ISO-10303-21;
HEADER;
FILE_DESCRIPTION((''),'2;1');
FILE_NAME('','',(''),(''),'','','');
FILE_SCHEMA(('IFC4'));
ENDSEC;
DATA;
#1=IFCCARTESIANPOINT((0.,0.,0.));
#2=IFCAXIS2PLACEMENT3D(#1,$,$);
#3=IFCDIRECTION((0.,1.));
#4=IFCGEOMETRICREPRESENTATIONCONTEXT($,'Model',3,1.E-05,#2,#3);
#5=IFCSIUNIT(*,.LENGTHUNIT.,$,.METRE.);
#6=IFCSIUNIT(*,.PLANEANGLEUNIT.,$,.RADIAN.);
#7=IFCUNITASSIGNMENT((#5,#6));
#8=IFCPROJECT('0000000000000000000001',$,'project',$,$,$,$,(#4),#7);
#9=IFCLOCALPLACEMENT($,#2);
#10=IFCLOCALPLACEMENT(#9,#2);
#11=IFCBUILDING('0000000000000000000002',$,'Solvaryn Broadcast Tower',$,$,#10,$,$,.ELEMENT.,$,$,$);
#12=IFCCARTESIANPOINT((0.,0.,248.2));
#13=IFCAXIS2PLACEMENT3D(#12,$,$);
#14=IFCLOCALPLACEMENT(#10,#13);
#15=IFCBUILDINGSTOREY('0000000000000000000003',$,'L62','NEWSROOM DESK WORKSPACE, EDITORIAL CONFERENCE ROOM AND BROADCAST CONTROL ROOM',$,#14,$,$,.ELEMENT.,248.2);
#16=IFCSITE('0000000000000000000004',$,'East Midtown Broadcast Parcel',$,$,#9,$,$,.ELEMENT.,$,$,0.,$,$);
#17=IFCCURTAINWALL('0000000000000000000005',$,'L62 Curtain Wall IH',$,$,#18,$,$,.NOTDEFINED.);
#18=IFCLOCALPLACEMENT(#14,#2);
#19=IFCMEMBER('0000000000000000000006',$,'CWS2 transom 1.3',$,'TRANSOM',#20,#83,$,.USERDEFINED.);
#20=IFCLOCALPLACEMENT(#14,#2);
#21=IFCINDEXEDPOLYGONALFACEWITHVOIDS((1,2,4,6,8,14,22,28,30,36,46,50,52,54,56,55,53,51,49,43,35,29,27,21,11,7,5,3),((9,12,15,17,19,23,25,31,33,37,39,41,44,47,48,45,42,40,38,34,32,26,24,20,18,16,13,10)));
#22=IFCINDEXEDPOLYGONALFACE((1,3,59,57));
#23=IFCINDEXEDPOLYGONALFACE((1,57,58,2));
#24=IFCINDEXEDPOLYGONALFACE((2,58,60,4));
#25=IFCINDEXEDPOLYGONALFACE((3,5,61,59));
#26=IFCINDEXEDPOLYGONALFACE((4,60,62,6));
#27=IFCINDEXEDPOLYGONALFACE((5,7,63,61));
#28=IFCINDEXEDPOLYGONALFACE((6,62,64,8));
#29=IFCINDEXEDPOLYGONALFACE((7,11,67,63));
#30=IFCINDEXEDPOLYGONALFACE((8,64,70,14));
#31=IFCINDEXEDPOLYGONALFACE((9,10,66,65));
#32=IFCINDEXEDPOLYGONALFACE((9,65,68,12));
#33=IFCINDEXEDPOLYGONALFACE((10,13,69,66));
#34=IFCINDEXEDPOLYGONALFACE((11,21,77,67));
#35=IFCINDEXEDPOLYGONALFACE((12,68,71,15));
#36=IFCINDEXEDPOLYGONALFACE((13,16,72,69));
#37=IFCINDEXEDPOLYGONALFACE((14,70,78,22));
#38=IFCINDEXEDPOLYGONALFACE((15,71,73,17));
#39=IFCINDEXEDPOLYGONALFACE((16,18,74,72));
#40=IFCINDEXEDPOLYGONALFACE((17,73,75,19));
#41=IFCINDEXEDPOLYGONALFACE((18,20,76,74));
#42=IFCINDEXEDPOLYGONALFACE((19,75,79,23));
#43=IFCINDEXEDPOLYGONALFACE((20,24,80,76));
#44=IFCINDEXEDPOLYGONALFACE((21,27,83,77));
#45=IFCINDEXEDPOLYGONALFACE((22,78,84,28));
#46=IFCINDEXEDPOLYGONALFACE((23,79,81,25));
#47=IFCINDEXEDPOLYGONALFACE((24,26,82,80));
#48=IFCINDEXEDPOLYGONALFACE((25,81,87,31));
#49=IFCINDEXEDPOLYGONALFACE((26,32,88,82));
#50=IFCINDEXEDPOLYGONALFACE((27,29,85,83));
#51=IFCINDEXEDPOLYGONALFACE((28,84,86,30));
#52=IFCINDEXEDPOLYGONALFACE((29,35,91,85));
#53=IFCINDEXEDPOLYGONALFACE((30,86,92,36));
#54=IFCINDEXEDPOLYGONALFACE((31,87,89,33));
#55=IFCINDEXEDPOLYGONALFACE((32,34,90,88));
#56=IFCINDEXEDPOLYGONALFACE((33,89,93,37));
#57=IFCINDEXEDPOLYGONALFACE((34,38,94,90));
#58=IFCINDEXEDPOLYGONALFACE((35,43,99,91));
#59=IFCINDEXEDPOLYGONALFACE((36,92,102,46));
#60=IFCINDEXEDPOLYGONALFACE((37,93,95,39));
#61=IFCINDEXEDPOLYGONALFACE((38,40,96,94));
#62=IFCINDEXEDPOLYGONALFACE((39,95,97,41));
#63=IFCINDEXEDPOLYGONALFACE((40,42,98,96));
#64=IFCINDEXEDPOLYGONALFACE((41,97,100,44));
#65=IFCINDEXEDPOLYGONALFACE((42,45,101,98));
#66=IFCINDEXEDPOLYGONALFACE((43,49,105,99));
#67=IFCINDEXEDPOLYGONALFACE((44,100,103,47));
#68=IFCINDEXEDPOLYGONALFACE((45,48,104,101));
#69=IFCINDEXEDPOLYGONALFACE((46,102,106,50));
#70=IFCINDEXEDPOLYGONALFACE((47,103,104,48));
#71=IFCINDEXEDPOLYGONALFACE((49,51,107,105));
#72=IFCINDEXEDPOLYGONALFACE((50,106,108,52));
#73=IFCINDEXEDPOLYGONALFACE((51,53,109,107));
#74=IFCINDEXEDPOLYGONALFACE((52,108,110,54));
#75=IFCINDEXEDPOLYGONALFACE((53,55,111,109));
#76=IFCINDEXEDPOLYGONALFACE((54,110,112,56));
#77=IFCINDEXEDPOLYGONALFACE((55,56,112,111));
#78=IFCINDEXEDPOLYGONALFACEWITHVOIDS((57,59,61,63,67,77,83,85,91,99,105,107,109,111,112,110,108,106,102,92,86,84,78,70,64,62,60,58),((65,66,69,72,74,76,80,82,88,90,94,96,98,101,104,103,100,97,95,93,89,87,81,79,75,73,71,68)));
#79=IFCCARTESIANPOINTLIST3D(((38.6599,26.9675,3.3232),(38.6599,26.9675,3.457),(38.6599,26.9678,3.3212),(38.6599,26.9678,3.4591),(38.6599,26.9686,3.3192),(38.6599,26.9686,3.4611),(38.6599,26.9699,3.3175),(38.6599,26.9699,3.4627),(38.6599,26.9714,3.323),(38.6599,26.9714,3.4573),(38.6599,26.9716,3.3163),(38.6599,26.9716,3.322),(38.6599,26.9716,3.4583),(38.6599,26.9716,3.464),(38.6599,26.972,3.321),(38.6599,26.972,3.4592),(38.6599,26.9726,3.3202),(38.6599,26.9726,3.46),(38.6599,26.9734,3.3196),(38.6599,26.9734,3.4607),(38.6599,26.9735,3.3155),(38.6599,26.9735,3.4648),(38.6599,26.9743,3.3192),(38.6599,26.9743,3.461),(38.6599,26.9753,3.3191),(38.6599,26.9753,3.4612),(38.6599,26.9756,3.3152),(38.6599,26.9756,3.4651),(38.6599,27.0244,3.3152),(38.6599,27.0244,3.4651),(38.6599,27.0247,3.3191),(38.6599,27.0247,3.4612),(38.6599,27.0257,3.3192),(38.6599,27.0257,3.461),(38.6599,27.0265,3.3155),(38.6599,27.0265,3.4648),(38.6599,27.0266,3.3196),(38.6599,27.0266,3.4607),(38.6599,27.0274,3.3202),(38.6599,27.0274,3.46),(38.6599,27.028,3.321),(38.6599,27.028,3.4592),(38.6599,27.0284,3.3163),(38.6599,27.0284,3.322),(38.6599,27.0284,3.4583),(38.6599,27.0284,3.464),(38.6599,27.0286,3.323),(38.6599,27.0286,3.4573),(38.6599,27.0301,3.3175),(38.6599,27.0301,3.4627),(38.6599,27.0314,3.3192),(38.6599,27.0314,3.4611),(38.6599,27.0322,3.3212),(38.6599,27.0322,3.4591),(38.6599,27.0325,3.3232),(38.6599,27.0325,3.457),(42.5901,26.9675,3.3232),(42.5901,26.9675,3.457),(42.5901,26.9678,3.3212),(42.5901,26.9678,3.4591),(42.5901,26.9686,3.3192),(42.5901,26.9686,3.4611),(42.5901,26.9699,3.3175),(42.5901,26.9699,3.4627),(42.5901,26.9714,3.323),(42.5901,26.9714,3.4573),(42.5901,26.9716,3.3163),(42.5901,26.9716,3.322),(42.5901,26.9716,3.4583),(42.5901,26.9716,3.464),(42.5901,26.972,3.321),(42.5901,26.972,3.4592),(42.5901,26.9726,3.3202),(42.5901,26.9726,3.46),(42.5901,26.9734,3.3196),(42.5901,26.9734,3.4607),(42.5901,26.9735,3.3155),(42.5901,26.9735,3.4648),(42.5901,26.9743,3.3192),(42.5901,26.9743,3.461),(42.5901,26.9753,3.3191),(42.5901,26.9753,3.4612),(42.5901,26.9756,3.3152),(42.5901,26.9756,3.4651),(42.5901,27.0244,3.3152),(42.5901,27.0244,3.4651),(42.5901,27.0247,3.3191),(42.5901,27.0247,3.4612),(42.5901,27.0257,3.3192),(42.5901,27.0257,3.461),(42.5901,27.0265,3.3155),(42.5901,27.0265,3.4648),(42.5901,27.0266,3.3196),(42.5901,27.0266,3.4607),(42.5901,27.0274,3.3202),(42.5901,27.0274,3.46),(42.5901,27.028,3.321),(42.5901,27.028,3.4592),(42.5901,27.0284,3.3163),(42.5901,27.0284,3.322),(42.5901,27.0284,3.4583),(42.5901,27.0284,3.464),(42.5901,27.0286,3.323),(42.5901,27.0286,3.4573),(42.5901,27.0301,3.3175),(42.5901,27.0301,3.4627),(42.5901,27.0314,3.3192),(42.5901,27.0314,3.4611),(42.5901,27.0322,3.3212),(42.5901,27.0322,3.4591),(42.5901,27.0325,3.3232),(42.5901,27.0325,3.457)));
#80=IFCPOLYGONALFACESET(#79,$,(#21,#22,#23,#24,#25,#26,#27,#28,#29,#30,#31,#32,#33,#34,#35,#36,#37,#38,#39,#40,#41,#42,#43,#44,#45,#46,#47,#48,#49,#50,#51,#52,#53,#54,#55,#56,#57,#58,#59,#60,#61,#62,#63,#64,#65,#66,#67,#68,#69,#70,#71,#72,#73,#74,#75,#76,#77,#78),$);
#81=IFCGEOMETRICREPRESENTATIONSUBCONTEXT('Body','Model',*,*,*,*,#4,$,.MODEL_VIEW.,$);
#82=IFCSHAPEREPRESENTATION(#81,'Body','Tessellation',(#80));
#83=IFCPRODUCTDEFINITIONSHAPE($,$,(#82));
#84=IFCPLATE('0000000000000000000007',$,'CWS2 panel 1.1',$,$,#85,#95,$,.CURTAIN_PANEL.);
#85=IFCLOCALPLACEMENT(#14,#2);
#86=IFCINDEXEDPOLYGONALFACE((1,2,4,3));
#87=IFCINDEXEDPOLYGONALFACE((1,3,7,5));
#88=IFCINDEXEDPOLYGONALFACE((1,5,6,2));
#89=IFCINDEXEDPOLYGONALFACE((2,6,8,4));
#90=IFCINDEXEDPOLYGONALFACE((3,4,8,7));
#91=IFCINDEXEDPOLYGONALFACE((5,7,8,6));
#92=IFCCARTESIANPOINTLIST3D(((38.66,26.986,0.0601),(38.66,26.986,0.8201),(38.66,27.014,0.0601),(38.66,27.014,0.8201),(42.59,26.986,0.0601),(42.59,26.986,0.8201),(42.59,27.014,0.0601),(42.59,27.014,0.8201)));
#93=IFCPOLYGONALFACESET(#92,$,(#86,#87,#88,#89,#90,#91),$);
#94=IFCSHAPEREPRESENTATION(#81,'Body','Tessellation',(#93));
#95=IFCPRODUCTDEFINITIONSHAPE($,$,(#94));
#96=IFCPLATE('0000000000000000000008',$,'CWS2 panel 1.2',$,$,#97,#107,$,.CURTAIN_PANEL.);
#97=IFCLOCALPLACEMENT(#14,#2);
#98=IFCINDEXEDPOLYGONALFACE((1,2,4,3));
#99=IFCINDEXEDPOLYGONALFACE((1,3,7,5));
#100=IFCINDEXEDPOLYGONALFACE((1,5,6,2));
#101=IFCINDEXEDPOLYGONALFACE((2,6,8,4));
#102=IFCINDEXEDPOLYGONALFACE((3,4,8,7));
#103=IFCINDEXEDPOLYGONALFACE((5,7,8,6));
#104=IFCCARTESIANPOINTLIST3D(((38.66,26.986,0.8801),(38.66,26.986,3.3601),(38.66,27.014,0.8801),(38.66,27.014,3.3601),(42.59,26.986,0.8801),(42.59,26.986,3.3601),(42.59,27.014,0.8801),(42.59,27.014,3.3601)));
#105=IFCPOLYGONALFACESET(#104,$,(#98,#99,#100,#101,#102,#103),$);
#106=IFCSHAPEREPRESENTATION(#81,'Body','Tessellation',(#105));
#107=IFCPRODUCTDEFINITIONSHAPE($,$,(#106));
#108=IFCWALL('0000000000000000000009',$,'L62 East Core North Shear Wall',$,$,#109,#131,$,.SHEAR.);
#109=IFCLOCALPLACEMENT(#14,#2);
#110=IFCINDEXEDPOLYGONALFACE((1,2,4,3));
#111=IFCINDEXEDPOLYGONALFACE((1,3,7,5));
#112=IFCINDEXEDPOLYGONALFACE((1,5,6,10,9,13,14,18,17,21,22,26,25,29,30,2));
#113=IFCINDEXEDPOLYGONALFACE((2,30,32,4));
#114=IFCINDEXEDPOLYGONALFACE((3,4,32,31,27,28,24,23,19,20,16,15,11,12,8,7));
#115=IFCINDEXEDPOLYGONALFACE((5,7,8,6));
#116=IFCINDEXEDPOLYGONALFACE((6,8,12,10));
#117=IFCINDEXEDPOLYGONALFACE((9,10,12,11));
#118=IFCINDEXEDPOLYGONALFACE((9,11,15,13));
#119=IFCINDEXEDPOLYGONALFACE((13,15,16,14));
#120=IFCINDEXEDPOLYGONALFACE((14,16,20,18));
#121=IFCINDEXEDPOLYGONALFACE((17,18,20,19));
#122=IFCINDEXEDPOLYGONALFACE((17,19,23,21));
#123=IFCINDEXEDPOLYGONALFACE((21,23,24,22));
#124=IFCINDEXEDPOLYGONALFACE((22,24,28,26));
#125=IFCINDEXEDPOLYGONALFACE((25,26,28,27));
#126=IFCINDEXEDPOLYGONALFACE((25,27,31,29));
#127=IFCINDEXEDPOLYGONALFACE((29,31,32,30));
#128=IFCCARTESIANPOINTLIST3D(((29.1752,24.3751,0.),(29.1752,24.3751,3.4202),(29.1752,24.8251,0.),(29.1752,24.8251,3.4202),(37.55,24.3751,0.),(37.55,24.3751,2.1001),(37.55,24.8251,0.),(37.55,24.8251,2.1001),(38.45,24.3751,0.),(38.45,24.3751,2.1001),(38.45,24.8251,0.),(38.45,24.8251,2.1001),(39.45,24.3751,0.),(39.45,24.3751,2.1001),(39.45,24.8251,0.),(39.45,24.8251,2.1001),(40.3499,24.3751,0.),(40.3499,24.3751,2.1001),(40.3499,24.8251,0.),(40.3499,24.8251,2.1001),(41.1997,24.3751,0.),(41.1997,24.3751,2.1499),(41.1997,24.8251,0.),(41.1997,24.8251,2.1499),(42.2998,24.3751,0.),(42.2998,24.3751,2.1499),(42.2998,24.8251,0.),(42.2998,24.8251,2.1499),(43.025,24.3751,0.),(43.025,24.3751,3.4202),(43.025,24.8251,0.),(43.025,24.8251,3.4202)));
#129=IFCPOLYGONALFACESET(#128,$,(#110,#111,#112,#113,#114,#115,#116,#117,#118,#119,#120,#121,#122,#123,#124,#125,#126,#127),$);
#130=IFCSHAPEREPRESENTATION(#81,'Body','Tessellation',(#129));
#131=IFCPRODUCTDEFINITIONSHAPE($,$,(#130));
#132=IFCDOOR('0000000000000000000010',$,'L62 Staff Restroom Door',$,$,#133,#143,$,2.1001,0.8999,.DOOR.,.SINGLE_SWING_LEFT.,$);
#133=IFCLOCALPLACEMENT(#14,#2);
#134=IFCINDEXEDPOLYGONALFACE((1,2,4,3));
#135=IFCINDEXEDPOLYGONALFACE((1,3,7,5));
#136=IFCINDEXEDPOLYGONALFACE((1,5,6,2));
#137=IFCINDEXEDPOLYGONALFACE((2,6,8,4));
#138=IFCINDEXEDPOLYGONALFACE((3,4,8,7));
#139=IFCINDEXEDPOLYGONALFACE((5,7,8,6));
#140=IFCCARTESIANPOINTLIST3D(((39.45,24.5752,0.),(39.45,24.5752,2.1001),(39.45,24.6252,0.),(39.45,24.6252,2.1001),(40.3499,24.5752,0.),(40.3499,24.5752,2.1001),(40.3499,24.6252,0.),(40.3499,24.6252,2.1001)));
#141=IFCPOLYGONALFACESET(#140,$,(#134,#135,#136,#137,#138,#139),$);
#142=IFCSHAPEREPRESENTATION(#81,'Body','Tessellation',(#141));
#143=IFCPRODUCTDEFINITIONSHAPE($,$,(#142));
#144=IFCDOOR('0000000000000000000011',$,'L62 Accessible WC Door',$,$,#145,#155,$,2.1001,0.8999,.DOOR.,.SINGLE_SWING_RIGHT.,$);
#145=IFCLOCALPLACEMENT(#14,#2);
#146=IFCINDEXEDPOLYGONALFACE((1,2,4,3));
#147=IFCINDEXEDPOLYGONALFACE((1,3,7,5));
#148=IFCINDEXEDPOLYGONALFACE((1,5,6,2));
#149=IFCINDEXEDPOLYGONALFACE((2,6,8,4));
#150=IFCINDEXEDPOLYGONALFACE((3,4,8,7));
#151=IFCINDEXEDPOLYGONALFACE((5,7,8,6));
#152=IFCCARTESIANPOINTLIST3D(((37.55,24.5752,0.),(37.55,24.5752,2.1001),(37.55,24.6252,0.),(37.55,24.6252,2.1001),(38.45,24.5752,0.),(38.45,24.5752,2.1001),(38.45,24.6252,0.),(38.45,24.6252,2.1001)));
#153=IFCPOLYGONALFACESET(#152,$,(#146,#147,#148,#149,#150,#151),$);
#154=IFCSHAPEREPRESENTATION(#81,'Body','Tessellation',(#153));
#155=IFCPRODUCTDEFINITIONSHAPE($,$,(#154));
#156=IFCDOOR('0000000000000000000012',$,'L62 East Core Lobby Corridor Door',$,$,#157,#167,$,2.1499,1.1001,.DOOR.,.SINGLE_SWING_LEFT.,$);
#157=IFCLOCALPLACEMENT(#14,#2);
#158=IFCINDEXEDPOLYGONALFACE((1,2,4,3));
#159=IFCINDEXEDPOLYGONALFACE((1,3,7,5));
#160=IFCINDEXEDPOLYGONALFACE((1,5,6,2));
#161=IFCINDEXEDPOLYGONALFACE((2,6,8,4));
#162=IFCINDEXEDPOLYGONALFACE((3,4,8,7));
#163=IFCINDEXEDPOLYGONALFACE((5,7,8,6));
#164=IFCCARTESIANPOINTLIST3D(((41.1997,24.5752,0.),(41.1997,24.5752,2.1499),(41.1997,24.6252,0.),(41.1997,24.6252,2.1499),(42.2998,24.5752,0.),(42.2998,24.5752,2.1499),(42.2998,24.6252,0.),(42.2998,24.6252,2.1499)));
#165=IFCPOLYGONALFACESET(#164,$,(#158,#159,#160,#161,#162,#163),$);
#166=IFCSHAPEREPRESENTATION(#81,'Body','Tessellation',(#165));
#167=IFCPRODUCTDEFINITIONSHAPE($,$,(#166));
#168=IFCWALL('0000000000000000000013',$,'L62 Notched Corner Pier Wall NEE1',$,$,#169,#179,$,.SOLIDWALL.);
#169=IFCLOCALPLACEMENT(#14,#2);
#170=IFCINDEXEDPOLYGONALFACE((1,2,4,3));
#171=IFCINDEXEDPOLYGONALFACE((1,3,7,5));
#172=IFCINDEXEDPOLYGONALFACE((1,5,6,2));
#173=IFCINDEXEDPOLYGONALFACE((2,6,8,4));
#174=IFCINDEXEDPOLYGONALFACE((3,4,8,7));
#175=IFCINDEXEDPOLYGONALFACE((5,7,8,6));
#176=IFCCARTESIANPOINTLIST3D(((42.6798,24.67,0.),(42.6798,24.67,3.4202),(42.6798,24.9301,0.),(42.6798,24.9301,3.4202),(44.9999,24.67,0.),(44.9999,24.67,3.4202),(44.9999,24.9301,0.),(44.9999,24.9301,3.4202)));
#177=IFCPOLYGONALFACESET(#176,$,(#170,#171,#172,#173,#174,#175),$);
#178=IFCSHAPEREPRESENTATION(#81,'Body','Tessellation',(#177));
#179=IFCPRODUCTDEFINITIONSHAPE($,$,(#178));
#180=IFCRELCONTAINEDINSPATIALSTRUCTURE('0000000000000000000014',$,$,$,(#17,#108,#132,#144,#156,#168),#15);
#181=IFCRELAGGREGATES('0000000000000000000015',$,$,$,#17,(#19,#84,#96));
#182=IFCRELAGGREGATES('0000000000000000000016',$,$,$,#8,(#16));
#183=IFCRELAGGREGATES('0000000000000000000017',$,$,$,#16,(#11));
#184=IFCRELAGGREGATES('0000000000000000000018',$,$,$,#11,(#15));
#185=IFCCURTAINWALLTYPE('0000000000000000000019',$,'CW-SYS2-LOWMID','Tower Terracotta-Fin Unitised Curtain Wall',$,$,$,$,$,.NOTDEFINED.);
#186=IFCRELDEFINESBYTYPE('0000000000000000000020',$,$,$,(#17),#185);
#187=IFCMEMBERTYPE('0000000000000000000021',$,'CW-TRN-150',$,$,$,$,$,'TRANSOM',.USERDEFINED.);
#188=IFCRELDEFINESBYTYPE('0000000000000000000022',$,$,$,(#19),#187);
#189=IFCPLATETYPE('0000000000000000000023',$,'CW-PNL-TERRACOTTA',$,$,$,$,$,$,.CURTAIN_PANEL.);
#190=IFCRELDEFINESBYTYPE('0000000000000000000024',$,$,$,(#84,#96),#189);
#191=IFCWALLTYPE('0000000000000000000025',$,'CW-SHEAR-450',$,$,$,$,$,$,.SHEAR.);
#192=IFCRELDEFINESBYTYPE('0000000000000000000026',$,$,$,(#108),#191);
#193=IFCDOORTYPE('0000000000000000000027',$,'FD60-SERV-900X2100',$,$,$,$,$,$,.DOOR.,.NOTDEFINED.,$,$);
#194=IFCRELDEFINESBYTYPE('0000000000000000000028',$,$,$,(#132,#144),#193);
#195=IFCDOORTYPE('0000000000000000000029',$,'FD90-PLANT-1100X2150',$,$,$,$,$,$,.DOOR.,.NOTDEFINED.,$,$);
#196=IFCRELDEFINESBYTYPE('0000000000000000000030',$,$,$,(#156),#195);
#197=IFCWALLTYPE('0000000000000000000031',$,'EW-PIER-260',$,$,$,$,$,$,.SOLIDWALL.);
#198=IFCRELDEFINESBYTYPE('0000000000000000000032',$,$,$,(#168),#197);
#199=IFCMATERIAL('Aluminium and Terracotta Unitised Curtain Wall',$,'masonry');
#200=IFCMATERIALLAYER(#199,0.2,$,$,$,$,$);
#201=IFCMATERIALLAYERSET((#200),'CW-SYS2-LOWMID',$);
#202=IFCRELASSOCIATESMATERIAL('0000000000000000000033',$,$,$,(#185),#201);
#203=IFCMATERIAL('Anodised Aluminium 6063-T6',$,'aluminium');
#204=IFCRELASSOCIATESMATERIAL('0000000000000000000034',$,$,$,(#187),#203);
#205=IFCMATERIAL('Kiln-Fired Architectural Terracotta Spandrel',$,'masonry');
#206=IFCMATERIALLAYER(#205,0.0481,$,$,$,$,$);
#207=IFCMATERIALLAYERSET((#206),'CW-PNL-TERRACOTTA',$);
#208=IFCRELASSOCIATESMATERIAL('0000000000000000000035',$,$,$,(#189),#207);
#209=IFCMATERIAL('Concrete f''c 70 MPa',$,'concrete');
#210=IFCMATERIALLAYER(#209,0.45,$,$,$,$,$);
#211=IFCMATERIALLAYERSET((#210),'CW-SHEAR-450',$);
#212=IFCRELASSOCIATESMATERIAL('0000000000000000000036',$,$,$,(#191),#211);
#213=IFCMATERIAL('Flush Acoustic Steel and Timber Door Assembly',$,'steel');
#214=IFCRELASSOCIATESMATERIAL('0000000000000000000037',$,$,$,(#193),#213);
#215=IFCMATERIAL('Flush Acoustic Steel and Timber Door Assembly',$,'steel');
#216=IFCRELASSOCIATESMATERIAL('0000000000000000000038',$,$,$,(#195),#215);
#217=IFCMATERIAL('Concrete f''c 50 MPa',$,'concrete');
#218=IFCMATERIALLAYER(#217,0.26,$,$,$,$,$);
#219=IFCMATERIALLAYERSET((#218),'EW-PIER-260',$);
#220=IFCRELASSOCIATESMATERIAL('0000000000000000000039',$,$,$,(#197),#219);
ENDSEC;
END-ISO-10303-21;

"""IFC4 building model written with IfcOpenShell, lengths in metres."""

from ifc_helpers import new_model, si_unit, direction, frame, frame_2d, origin, origin_2d, place, context, subcontext, project, spatial, rectangle, hollow_rectangle, extrude, material, layer, layer_set, material_profile, profile_set, type_object, element, fill, aggregate, save


model = new_model("IFC4")

# Units and contexts
model_context = context("Model", 3, precision=1e-05, world=origin(), true_north=direction((0.0, 1.0)))
body_context = subcontext(model_context, "Body", "Model", "MODEL_VIEW")
ifc_project = project(units=[si_unit("LENGTHUNIT", "METRE"), si_unit("PLANEANGLEUNIT", "RADIAN")], contexts=[model_context])

# Site, building, storey
site_placement = place(None, origin())
site = spatial("IfcSite", under=ifc_project, at=site_placement, Name="East Midtown Broadcast Parcel", CompositionType="ELEMENT", RefElevation=0.0)
building_placement = place(site_placement, origin())
building = spatial("IfcBuilding", under=site, at=building_placement, Name="Solvaryn Broadcast Tower", CompositionType="ELEMENT")
storey_placement = place(building_placement, frame((0.0, 0.0, 248.2)))
storey = spatial("IfcBuildingStorey", under=building, at=storey_placement, Name="L62", Description="NEWSROOM DESK WORKSPACE, EDITORIAL CONFERENCE ROOM AND BROADCAST CONTROL ROOM", CompositionType="ELEMENT", Elevation=248.2)

# Shared definitions
ifc_material_1 = material(Name="Aluminium and Terracotta Unitised Curtain Wall", Category="masonry")
ifc_layer_1 = layer(ifc_material_1, 0.2)
ifc_layer_set_1 = layer_set([ifc_layer_1], Name="CW-SYS2-LOWMID")
curtain_wall_type = type_object("IfcCurtainWallType", Name="CW-SYS2-LOWMID", Description="Tower Terracotta-Fin Unitised Curtain Wall", PredefinedType="NOTDEFINED", material=ifc_layer_set_1)

# Curtain wall
curtain_wall_1_placement = place(storey_placement, origin())
curtain_wall_1 = element("IfcCurtainWall", 1, at=curtain_wall_1_placement, inside=storey, type_object=curtain_wall_type, Name="L62 Curtain Wall IH", PredefinedType="NOTDEFINED")

# Member
ifc_material_2 = material(Name="Anodised Aluminium 6063-T6", Category="aluminium")
ifc_material_profile_1 = material_profile(ifc_material_2, hollow_rectangle(XDim=0.0649, YDim=0.1499, WallThickness=0.0039, InnerFilletRadius=0.0039, OuterFilletRadius=0.0081, at=origin_2d()))
ifc_profile_set_1 = profile_set([ifc_material_profile_1], Name="Anodised Aluminium 6063-T6")
member_type_1 = type_object("IfcMemberType", Name="CW-TRN-150", ElementType="TRANSOM", PredefinedType="USERDEFINED", material=ifc_profile_set_1)
member_1_placement = place(storey_placement, frame((38.6599, 27.0, 3.3901), z_axis=(1.0, 0.0, 0.0), x_axis=(0.0, 1.0, 0.0)))
member_1 = element("IfcMember", 2, at=member_1_placement, type_object=member_type_1, Name="CWS2 transom 1.3", ObjectType="TRANSOM", PredefinedType="USERDEFINED", context=body_context, shape_type="SweptSolid", body=[
    extrude(hollow_rectangle(XDim=0.0649, YDim=0.1499, WallThickness=0.0039, InnerFilletRadius=0.0039, OuterFilletRadius=0.0081, at=origin_2d()), origin(), (0.0, 0.0, 1.0), 3.9302),
])

# Plates
ifc_material_3 = material(Name="Kiln-Fired Architectural Terracotta Spandrel", Category="masonry")
ifc_layer_2 = layer(ifc_material_3, 0.0481)
ifc_layer_set_2 = layer_set([ifc_layer_2], Name="CW-PNL-TERRACOTTA")
plate_type = type_object("IfcPlateType", Name="CW-PNL-TERRACOTTA", PredefinedType="CURTAIN_PANEL", material=ifc_layer_set_2)
plate_1_placement = place(storey_placement, frame((40.625, 27.0, 0.0601), z_axis=(0.0, 0.0, 1.0), x_axis=(1.0, 0.0, 0.0)))
plate_1 = element("IfcPlate", 3, at=plate_1_placement, type_object=plate_type, Name="CWS2 panel 1.1", PredefinedType="CURTAIN_PANEL", context=body_context, shape_type="SweptSolid", body=[
    extrude(rectangle(XDim=3.9299, YDim=0.0281, at=origin_2d()), origin(), (0.0, 0.0, 1.0), 0.76),
])
plate_2_placement = place(storey_placement, frame((40.625, 27.0, 0.8801), z_axis=(0.0, 0.0, 1.0), x_axis=(1.0, 0.0, 0.0)))
plate_2 = element("IfcPlate", 4, at=plate_2_placement, type_object=plate_type, Name="CWS2 panel 1.2", PredefinedType="CURTAIN_PANEL", context=body_context, shape_type="SweptSolid", body=[
    extrude(rectangle(XDim=3.9299, YDim=0.0281, at=origin_2d()), origin(), (0.0, 0.0, 1.0), 2.48),
])
aggregate(curtain_wall_1, [member_1, plate_1, plate_2])

# Wall, openings, doors
ifc_material_4 = material(Name="Concrete f'c 70 MPa", Category="concrete")
ifc_layer_3 = layer(ifc_material_4, 0.45)
ifc_layer_set_3 = layer_set([ifc_layer_3], Name="CW-SHEAR-450")
wall_type_1 = type_object("IfcWallType", Name="CW-SHEAR-450", PredefinedType="SHEAR", material=ifc_layer_set_3)
wall_1_placement = place(storey_placement, frame((43.0249, 24.6001, 0.0), z_axis=(0.0, 0.0, 1.0), x_axis=(-1.0, 0.0, 0.0)))
wall_1 = element("IfcWall", 5, at=wall_1_placement, inside=storey, type_object=wall_type_1, Name="L62 East Core North Shear Wall", PredefinedType="SHEAR", context=body_context, shape_type="SweptSolid", body=[
    extrude(rectangle(XDim=13.8499, YDim=0.45, at=frame_2d((6.9248, 0.0))), origin(), (0.0, 0.0, 1.0), 3.4202),
])
opening_1_placement = place(wall_1_placement, frame((0.7251, 0.0, 0.0)))
opening_1 = element("IfcOpeningElement", 6, at=opening_1_placement, cuts=wall_1, PredefinedType="OPENING", context=body_context, shape_type="SweptSolid", body=[
    extrude(rectangle(XDim=1.1001, YDim=2.1499, at=frame_2d((0.55, 1.075))), frame((0.0, 0.2351, 0.0), z_axis=(0.0, -1.0, 0.0), x_axis=(1.0, 0.0, 0.0)), (0.0, 0.0, 1.0), 0.47),
])
opening_2_placement = place(wall_1_placement, frame((2.675, 0.0, 0.0)))
opening_2 = element("IfcOpeningElement", 7, at=opening_2_placement, cuts=wall_1, PredefinedType="OPENING", context=body_context, shape_type="SweptSolid", body=[
    extrude(rectangle(XDim=0.8999, YDim=2.1001, at=frame_2d((0.45, 1.05))), frame((0.0, 0.2351, 0.0), z_axis=(0.0, -1.0, 0.0), x_axis=(1.0, 0.0, 0.0)), (0.0, 0.0, 1.0), 0.47),
])
opening_3_placement = place(wall_1_placement, frame((4.575, 0.0, 0.0)))
opening_3 = element("IfcOpeningElement", 8, at=opening_3_placement, cuts=wall_1, PredefinedType="OPENING", context=body_context, shape_type="SweptSolid", body=[
    extrude(rectangle(XDim=0.8999, YDim=2.1001, at=frame_2d((0.45, 1.05))), frame((0.0, 0.2351, 0.0), z_axis=(0.0, -1.0, 0.0), x_axis=(1.0, 0.0, 0.0)), (0.0, 0.0, 1.0), 0.47),
])
ifc_material_5 = material(Name="Flush Acoustic Steel and Timber Door Assembly", Category="steel")
door_type_1 = type_object("IfcDoorType", Name="FD60-SERV-900X2100", OperationType="NOTDEFINED", PredefinedType="DOOR", material=ifc_material_5)
door_1_placement = place(opening_2_placement, origin())
door_1 = element("IfcDoor", 9, at=door_1_placement, inside=storey, type_object=door_type_1, Name="L62 Staff Restroom Door", OperationType="SINGLE_SWING_LEFT", OverallHeight=2.1001, OverallWidth=0.8999, PredefinedType="DOOR", context=body_context, shape_type="SweptSolid", body=[
    extrude(rectangle(XDim=0.8999, YDim=2.1001, at=frame_2d((0.45, 1.05))), frame((0.0, 0.0249, 0.0), z_axis=(0.0, -1.0, 0.0), x_axis=(1.0, 0.0, 0.0)), (0.0, 0.0, 1.0), 0.05),
])
fill(opening_2, door_1)
door_2_placement = place(opening_3_placement, origin())
door_2 = element("IfcDoor", 10, at=door_2_placement, inside=storey, type_object=door_type_1, Name="L62 Accessible WC Door", OperationType="SINGLE_SWING_RIGHT", OverallHeight=2.1001, OverallWidth=0.8999, PredefinedType="DOOR", context=body_context, shape_type="SweptSolid", body=[
    extrude(rectangle(XDim=0.8999, YDim=2.1001, at=frame_2d((0.45, 1.05))), frame((0.0, 0.0249, 0.0), z_axis=(0.0, -1.0, 0.0), x_axis=(1.0, 0.0, 0.0)), (0.0, 0.0, 1.0), 0.05),
])
fill(opening_3, door_2)
ifc_material_6 = material(Name="Flush Acoustic Steel and Timber Door Assembly", Category="steel")
door_type_2 = type_object("IfcDoorType", Name="FD90-PLANT-1100X2150", OperationType="NOTDEFINED", PredefinedType="DOOR", material=ifc_material_6)
door_3_placement = place(opening_1_placement, origin())
door_3 = element("IfcDoor", 11, at=door_3_placement, inside=storey, type_object=door_type_2, Name="L62 East Core Lobby Corridor Door", OperationType="SINGLE_SWING_LEFT", OverallHeight=2.1499, OverallWidth=1.1001, PredefinedType="DOOR", context=body_context, shape_type="SweptSolid", body=[
    extrude(rectangle(XDim=1.1001, YDim=2.1499, at=frame_2d((0.55, 1.075))), frame((0.0, 0.0249, 0.0), z_axis=(0.0, -1.0, 0.0), x_axis=(1.0, 0.0, 0.0)), (0.0, 0.0, 1.0), 0.05),
])
fill(opening_1, door_3)

# Wall
ifc_material_7 = material(Name="Concrete f'c 50 MPa", Category="concrete")
ifc_layer_4 = layer(ifc_material_7, 0.26)
ifc_layer_set_4 = layer_set([ifc_layer_4], Name="EW-PIER-260")
wall_type_2 = type_object("IfcWallType", Name="EW-PIER-260", PredefinedType="SOLIDWALL", material=ifc_layer_set_4)
wall_2_placement = place(storey_placement, frame((45.0, 24.8, 0.0), z_axis=(0.0, 0.0, 1.0), x_axis=(-1.0, 0.0, 0.0)))
element("IfcWall", 12, at=wall_2_placement, inside=storey, type_object=wall_type_2, Name="L62 Notched Corner Pier Wall NEE1", PredefinedType="SOLIDWALL", context=body_context, shape_type="SweptSolid", body=[
    extrude(rectangle(XDim=2.3201, YDim=0.26, at=frame_2d((1.1602, 0.0))), origin(), (0.0, 0.0, 1.0), 3.4202),
])

save(model, "model.ifc")
